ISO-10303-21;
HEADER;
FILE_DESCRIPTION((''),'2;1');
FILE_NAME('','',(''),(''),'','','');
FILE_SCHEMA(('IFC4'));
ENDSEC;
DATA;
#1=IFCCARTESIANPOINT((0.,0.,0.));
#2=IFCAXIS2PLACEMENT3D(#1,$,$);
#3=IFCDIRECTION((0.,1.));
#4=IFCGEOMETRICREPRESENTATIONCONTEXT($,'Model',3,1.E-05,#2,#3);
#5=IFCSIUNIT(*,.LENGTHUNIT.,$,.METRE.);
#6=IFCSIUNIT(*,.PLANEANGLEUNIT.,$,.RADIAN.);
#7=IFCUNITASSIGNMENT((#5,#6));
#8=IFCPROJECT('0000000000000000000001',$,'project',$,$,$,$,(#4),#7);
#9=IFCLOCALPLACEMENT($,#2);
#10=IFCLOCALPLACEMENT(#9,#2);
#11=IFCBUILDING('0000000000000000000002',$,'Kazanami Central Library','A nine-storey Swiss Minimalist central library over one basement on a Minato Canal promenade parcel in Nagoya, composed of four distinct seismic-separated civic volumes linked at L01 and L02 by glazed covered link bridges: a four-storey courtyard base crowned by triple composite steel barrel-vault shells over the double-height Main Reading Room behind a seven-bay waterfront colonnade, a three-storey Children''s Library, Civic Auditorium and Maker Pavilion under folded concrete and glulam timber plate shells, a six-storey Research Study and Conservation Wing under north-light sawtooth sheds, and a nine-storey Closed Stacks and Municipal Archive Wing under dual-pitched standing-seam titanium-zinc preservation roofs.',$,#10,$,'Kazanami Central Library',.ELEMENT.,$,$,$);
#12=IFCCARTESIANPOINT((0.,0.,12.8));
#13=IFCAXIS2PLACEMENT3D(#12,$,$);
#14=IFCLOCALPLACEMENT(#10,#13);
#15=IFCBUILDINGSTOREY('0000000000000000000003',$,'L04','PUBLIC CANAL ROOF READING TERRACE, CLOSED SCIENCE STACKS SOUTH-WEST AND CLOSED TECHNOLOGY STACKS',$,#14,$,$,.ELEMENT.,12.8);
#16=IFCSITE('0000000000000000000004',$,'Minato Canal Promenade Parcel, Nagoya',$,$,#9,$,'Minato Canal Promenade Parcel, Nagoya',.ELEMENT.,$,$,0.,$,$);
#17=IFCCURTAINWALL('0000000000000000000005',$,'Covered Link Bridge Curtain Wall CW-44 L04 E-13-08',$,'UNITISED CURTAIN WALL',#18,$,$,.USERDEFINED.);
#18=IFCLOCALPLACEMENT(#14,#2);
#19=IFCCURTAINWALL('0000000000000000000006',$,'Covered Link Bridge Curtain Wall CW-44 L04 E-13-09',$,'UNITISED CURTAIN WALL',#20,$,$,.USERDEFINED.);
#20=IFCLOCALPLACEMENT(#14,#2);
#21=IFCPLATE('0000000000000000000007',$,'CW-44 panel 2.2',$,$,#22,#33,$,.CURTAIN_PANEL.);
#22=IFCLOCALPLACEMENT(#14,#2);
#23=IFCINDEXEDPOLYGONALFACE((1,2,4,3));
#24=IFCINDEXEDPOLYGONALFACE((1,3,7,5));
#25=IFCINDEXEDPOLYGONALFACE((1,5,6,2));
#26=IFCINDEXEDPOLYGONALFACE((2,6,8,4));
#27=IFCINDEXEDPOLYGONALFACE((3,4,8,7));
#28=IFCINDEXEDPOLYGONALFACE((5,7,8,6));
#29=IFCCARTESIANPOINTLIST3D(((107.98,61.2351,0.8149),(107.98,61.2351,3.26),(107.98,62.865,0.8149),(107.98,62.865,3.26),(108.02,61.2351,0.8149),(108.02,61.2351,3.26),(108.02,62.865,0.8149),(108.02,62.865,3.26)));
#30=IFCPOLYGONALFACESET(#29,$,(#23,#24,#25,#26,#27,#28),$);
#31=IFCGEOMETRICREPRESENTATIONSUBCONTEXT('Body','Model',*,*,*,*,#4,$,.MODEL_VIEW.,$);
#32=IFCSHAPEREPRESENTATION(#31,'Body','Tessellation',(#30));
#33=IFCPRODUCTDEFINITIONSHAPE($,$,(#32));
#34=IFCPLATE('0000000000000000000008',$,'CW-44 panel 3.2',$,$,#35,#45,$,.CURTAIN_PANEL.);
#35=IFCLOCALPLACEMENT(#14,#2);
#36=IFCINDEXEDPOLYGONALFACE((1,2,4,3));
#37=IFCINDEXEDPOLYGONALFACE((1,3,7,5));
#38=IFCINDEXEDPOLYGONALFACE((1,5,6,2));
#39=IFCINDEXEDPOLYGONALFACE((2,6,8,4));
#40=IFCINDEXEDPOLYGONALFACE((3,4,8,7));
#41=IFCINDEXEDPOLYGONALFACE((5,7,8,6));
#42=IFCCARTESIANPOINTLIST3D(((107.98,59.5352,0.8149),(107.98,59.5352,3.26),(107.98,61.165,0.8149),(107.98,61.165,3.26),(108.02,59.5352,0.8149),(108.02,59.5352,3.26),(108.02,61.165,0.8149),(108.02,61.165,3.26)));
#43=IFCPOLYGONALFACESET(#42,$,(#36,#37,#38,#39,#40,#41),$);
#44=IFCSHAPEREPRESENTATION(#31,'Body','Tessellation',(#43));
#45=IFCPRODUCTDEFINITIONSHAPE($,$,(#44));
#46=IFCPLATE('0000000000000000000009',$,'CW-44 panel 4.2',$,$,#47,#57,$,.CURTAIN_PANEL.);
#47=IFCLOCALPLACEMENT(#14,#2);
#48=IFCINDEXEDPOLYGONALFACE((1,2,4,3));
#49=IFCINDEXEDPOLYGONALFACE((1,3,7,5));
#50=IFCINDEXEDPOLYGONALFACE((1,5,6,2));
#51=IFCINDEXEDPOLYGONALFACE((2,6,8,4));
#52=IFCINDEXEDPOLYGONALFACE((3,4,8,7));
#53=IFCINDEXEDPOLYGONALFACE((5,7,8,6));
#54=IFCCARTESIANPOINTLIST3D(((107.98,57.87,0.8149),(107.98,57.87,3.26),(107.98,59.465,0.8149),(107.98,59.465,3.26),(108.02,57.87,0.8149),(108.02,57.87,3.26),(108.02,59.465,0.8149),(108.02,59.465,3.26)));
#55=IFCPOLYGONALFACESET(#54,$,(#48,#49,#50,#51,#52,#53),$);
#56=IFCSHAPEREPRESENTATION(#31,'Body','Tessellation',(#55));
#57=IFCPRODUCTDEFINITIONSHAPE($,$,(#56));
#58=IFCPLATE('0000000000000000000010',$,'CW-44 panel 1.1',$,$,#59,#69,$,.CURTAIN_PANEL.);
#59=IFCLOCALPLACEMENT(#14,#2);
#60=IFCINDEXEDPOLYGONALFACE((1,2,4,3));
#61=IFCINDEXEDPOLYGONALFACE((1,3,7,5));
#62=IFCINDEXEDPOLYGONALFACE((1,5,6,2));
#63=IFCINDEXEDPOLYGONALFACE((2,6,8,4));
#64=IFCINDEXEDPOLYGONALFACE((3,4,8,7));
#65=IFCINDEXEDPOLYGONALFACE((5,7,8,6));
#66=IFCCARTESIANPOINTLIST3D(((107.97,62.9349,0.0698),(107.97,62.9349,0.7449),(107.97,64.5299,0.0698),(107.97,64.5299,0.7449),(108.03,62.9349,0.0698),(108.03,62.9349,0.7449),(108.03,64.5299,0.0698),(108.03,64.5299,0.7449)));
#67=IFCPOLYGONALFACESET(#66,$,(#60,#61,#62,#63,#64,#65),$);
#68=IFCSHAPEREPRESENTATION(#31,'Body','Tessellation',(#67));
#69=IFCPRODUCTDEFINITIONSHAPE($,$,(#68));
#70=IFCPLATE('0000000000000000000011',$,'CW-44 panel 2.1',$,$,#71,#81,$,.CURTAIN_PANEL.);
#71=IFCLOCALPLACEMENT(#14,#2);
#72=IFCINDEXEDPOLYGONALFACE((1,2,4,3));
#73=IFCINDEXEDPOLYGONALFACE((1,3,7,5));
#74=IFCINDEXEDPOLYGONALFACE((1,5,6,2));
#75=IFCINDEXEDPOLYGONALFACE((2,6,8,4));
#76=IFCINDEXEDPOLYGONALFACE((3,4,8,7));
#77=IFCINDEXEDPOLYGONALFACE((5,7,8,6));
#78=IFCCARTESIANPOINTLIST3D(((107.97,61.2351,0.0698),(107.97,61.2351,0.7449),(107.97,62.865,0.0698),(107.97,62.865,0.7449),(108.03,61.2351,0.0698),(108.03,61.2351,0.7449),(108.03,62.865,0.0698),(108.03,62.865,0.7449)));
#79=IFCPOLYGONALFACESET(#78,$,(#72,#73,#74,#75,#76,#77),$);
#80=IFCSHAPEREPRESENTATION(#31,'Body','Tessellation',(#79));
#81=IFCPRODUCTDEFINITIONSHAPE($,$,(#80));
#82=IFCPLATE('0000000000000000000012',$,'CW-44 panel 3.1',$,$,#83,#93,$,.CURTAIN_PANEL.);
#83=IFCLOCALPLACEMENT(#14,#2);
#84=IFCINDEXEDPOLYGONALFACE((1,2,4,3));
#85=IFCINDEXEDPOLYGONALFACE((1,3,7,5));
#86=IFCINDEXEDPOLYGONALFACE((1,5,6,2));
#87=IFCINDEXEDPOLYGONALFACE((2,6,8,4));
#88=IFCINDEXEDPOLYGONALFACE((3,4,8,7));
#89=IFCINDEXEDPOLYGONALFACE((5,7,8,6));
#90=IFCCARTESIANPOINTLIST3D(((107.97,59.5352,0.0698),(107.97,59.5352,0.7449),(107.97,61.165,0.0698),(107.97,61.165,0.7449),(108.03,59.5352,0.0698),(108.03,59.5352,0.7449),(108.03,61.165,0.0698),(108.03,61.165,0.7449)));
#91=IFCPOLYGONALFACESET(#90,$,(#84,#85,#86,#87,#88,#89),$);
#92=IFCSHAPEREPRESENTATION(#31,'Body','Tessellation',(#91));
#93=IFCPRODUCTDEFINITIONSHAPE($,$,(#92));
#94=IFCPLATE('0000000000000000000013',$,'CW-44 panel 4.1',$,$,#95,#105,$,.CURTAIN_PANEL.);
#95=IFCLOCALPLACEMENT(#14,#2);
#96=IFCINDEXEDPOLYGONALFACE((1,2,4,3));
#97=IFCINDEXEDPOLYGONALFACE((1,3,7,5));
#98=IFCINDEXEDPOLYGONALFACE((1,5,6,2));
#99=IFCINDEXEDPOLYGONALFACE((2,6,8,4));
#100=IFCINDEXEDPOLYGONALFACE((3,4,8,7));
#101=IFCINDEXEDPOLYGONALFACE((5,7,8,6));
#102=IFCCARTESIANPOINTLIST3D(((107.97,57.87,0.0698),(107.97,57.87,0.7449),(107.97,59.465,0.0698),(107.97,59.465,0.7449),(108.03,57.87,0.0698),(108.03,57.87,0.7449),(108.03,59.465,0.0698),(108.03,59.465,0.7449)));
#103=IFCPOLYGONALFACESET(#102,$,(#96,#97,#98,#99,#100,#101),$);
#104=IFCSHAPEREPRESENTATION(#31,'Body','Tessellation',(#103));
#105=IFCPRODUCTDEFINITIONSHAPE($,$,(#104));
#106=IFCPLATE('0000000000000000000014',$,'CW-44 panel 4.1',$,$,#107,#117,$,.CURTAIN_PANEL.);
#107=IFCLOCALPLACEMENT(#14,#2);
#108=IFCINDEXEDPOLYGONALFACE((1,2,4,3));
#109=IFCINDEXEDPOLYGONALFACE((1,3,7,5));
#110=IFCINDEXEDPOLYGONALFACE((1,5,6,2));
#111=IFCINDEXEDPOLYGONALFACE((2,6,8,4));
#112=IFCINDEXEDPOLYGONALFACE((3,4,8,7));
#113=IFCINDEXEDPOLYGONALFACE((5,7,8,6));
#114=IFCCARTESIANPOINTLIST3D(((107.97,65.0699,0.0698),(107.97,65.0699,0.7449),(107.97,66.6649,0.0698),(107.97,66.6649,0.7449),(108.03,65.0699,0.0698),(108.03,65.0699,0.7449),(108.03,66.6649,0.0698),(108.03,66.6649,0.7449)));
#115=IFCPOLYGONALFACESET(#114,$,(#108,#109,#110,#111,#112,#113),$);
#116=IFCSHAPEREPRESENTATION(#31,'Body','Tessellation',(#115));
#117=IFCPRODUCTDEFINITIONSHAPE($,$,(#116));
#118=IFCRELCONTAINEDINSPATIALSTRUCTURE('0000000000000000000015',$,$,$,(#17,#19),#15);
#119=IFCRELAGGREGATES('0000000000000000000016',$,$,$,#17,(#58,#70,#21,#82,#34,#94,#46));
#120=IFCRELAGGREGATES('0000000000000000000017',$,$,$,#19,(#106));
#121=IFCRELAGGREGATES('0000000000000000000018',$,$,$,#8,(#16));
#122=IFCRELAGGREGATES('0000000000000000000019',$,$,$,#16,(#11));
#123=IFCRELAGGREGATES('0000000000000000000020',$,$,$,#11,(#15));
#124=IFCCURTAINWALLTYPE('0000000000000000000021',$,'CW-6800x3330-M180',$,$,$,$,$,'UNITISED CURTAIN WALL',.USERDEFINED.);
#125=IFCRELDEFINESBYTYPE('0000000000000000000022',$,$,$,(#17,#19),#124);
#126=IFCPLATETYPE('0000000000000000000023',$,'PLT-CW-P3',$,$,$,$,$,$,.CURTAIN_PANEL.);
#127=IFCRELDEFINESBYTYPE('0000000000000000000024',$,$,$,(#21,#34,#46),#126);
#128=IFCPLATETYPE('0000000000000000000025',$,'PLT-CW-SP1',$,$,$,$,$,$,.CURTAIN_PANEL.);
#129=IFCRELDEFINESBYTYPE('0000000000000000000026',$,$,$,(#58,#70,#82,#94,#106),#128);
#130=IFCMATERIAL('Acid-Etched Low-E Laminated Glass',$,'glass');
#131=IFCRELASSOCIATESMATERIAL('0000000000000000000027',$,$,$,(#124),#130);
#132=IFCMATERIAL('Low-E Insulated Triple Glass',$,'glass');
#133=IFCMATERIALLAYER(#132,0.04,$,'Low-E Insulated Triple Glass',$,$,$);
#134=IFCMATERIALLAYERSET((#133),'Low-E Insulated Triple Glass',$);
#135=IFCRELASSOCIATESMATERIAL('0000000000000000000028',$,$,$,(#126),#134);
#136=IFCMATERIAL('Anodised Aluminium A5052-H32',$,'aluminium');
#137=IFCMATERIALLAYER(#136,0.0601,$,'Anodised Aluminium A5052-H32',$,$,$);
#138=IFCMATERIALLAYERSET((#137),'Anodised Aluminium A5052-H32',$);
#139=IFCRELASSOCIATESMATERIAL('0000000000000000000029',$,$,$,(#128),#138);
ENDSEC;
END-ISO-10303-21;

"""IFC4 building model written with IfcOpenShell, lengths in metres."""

from ifc_helpers import new_model, si_unit, direction, frame, origin, origin_2d, place, context, subcontext, project, spatial, rectangle, extrude, material, layer, layer_set, type_object, element, aggregate, save


model = new_model("IFC4")

# Units and contexts
model_context = context("Model", 3, precision=1e-05, world=origin(), true_north=direction((0.0, 1.0)))
body_context = subcontext(model_context, "Body", "Model", "MODEL_VIEW")
ifc_project = project(units=[si_unit("LENGTHUNIT", "METRE"), si_unit("PLANEANGLEUNIT", "RADIAN")], contexts=[model_context])

# Site, building, storey
site_placement = place(None, origin())
site = spatial("IfcSite", under=ifc_project, at=site_placement, Name="Minato Canal Promenade Parcel, Nagoya", LongName="Minato Canal Promenade Parcel, Nagoya", CompositionType="ELEMENT", RefElevation=0.0)
building_placement = place(site_placement, origin())
building = spatial("IfcBuilding", under=site, at=building_placement, Name="Kazanami Central Library", Description="A nine-storey Swiss Minimalist central library over one basement on a Minato Canal promenade parcel in Nagoya, composed of four distinct seismic-separated civic volumes linked at L01 and L02 by glazed covered link bridges: a four-storey courtyard base crowned by triple composite steel barrel-vault shells over the double-height Main Reading Room behind a seven-bay waterfront colonnade, a three-storey Children's Library, Civic Auditorium and Maker Pavilion under folded concrete and glulam timber plate shells, a six-storey Research Study and Conservation Wing under north-light sawtooth sheds, and a nine-storey Closed Stacks and Municipal Archive Wing under dual-pitched standing-seam titanium-zinc preservation roofs.", LongName="Kazanami Central Library", CompositionType="ELEMENT")
storey_placement = place(building_placement, frame((0.0, 0.0, 12.8)))
storey = spatial("IfcBuildingStorey", under=building, at=storey_placement, Name="L04", Description="PUBLIC CANAL ROOF READING TERRACE, CLOSED SCIENCE STACKS SOUTH-WEST AND CLOSED TECHNOLOGY STACKS", CompositionType="ELEMENT", Elevation=12.8)

# Curtain wall
ifc_material_1 = material(Name="Acid-Etched Low-E Laminated Glass", Category="glass")
curtain_wall_type = type_object("IfcCurtainWallType", Name="CW-6800x3330-M180", ElementType="UNITISED CURTAIN WALL", PredefinedType="USERDEFINED", material=ifc_material_1)
curtain_wall_1_placement = place(storey_placement, origin())
curtain_wall_1 = element("IfcCurtainWall", 1, at=curtain_wall_1_placement, inside=storey, type_object=curtain_wall_type, Name="Covered Link Bridge Curtain Wall CW-44 L04 E-13-08", ObjectType="UNITISED CURTAIN WALL", PredefinedType="USERDEFINED")

# Curtain wall
curtain_wall_2_placement = place(storey_placement, origin())
curtain_wall_2 = element("IfcCurtainWall", 2, at=curtain_wall_2_placement, inside=storey, type_object=curtain_wall_type, Name="Covered Link Bridge Curtain Wall CW-44 L04 E-13-09", ObjectType="UNITISED CURTAIN WALL", PredefinedType="USERDEFINED")

# Plates
ifc_material_2 = material(Name="Low-E Insulated Triple Glass", Category="glass")
ifc_layer_1 = layer(ifc_material_2, 0.04, Name="Low-E Insulated Triple Glass")
ifc_layer_set_1 = layer_set([ifc_layer_1], Name="Low-E Insulated Triple Glass")
plate_type_1 = type_object("IfcPlateType", Name="PLT-CW-P3", PredefinedType="CURTAIN_PANEL", material=ifc_layer_set_1)
plate_1_placement = place(storey_placement, frame((108.0, 62.05, 0.8149), z_axis=(0.0, 0.0, 1.0), x_axis=(0.0, -1.0, 0.0)))
plate_1 = element("IfcPlate", 3, at=plate_1_placement, type_object=plate_type_1, Name="CW-44 panel 2.2", PredefinedType="CURTAIN_PANEL", context=body_context, shape_type="SweptSolid", body=[
    extrude(rectangle(XDim=1.6299, YDim=0.04, at=origin_2d()), origin(), (0.0, 0.0, 1.0), 2.4451),
])
plate_2_placement = place(storey_placement, frame((108.0, 60.3501, 0.8149), z_axis=(0.0, 0.0, 1.0), x_axis=(0.0, -1.0, 0.0)))
plate_2 = element("IfcPlate", 4, at=plate_2_placement, type_object=plate_type_1, Name="CW-44 panel 3.2", PredefinedType="CURTAIN_PANEL", context=body_context, shape_type="SweptSolid", body=[
    extrude(rectangle(XDim=1.6299, YDim=0.04, at=origin_2d()), origin(), (0.0, 0.0, 1.0), 2.4451),
])
plate_3_placement = place(storey_placement, frame((108.0, 58.6675, 0.8149), z_axis=(0.0, 0.0, 1.0), x_axis=(0.0, -1.0, 0.0)))
plate_3 = element("IfcPlate", 5, at=plate_3_placement, type_object=plate_type_1, Name="CW-44 panel 4.2", PredefinedType="CURTAIN_PANEL", context=body_context, shape_type="SweptSolid", body=[
    extrude(rectangle(XDim=1.595, YDim=0.04, at=origin_2d()), origin(), (0.0, 0.0, 1.0), 2.4451),
])
ifc_material_3 = material(Name="Anodised Aluminium A5052-H32", Category="aluminium")
ifc_layer_2 = layer(ifc_material_3, 0.0601, Name="Anodised Aluminium A5052-H32")
ifc_layer_set_2 = layer_set([ifc_layer_2], Name="Anodised Aluminium A5052-H32")
plate_type_2 = type_object("IfcPlateType", Name="PLT-CW-SP1", PredefinedType="CURTAIN_PANEL", material=ifc_layer_set_2)
plate_4_placement = place(storey_placement, frame((108.0, 63.7324, 0.0698), z_axis=(0.0, 0.0, 1.0), x_axis=(0.0, -1.0, 0.0)))
plate_4 = element("IfcPlate", 6, at=plate_4_placement, type_object=plate_type_2, Name="CW-44 panel 1.1", PredefinedType="CURTAIN_PANEL", context=body_context, shape_type="SweptSolid", body=[
    extrude(rectangle(XDim=1.595, YDim=0.0601, at=origin_2d()), origin(), (0.0, 0.0, 1.0), 0.675),
])
plate_5_placement = place(storey_placement, frame((108.0, 62.05, 0.0698), z_axis=(0.0, 0.0, 1.0), x_axis=(0.0, -1.0, 0.0)))
plate_5 = element("IfcPlate", 7, at=plate_5_placement, type_object=plate_type_2, Name="CW-44 panel 2.1", PredefinedType="CURTAIN_PANEL", context=body_context, shape_type="SweptSolid", body=[
    extrude(rectangle(XDim=1.6299, YDim=0.0601, at=origin_2d()), origin(), (0.0, 0.0, 1.0), 0.675),
])
plate_6_placement = place(storey_placement, frame((108.0, 60.3501, 0.0698), z_axis=(0.0, 0.0, 1.0), x_axis=(0.0, -1.0, 0.0)))
plate_6 = element("IfcPlate", 8, at=plate_6_placement, type_object=plate_type_2, Name="CW-44 panel 3.1", PredefinedType="CURTAIN_PANEL", context=body_context, shape_type="SweptSolid", body=[
    extrude(rectangle(XDim=1.6299, YDim=0.0601, at=origin_2d()), origin(), (0.0, 0.0, 1.0), 0.675),
])
plate_7_placement = place(storey_placement, frame((108.0, 58.6675, 0.0698), z_axis=(0.0, 0.0, 1.0), x_axis=(0.0, -1.0, 0.0)))
plate_7 = element("IfcPlate", 9, at=plate_7_placement, type_object=plate_type_2, Name="CW-44 panel 4.1", PredefinedType="CURTAIN_PANEL", context=body_context, shape_type="SweptSolid", body=[
    extrude(rectangle(XDim=1.595, YDim=0.0601, at=origin_2d()), origin(), (0.0, 0.0, 1.0), 0.675),
])
aggregate(curtain_wall_1, [plate_4, plate_5, plate_1, plate_6, plate_2, plate_7, plate_3])
plate_8_placement = place(storey_placement, frame((108.0, 65.8674, 0.0698), z_axis=(0.0, 0.0, 1.0), x_axis=(0.0, -1.0, 0.0)))
plate_8 = element("IfcPlate", 10, at=plate_8_placement, type_object=plate_type_2, Name="CW-44 panel 4.1", PredefinedType="CURTAIN_PANEL", context=body_context, shape_type="SweptSolid", body=[
    extrude(rectangle(XDim=1.595, YDim=0.0601, at=origin_2d()), origin(), (0.0, 0.0, 1.0), 0.675),
])
aggregate(curtain_wall_2, [plate_8])

save(model, "model.ifc")
